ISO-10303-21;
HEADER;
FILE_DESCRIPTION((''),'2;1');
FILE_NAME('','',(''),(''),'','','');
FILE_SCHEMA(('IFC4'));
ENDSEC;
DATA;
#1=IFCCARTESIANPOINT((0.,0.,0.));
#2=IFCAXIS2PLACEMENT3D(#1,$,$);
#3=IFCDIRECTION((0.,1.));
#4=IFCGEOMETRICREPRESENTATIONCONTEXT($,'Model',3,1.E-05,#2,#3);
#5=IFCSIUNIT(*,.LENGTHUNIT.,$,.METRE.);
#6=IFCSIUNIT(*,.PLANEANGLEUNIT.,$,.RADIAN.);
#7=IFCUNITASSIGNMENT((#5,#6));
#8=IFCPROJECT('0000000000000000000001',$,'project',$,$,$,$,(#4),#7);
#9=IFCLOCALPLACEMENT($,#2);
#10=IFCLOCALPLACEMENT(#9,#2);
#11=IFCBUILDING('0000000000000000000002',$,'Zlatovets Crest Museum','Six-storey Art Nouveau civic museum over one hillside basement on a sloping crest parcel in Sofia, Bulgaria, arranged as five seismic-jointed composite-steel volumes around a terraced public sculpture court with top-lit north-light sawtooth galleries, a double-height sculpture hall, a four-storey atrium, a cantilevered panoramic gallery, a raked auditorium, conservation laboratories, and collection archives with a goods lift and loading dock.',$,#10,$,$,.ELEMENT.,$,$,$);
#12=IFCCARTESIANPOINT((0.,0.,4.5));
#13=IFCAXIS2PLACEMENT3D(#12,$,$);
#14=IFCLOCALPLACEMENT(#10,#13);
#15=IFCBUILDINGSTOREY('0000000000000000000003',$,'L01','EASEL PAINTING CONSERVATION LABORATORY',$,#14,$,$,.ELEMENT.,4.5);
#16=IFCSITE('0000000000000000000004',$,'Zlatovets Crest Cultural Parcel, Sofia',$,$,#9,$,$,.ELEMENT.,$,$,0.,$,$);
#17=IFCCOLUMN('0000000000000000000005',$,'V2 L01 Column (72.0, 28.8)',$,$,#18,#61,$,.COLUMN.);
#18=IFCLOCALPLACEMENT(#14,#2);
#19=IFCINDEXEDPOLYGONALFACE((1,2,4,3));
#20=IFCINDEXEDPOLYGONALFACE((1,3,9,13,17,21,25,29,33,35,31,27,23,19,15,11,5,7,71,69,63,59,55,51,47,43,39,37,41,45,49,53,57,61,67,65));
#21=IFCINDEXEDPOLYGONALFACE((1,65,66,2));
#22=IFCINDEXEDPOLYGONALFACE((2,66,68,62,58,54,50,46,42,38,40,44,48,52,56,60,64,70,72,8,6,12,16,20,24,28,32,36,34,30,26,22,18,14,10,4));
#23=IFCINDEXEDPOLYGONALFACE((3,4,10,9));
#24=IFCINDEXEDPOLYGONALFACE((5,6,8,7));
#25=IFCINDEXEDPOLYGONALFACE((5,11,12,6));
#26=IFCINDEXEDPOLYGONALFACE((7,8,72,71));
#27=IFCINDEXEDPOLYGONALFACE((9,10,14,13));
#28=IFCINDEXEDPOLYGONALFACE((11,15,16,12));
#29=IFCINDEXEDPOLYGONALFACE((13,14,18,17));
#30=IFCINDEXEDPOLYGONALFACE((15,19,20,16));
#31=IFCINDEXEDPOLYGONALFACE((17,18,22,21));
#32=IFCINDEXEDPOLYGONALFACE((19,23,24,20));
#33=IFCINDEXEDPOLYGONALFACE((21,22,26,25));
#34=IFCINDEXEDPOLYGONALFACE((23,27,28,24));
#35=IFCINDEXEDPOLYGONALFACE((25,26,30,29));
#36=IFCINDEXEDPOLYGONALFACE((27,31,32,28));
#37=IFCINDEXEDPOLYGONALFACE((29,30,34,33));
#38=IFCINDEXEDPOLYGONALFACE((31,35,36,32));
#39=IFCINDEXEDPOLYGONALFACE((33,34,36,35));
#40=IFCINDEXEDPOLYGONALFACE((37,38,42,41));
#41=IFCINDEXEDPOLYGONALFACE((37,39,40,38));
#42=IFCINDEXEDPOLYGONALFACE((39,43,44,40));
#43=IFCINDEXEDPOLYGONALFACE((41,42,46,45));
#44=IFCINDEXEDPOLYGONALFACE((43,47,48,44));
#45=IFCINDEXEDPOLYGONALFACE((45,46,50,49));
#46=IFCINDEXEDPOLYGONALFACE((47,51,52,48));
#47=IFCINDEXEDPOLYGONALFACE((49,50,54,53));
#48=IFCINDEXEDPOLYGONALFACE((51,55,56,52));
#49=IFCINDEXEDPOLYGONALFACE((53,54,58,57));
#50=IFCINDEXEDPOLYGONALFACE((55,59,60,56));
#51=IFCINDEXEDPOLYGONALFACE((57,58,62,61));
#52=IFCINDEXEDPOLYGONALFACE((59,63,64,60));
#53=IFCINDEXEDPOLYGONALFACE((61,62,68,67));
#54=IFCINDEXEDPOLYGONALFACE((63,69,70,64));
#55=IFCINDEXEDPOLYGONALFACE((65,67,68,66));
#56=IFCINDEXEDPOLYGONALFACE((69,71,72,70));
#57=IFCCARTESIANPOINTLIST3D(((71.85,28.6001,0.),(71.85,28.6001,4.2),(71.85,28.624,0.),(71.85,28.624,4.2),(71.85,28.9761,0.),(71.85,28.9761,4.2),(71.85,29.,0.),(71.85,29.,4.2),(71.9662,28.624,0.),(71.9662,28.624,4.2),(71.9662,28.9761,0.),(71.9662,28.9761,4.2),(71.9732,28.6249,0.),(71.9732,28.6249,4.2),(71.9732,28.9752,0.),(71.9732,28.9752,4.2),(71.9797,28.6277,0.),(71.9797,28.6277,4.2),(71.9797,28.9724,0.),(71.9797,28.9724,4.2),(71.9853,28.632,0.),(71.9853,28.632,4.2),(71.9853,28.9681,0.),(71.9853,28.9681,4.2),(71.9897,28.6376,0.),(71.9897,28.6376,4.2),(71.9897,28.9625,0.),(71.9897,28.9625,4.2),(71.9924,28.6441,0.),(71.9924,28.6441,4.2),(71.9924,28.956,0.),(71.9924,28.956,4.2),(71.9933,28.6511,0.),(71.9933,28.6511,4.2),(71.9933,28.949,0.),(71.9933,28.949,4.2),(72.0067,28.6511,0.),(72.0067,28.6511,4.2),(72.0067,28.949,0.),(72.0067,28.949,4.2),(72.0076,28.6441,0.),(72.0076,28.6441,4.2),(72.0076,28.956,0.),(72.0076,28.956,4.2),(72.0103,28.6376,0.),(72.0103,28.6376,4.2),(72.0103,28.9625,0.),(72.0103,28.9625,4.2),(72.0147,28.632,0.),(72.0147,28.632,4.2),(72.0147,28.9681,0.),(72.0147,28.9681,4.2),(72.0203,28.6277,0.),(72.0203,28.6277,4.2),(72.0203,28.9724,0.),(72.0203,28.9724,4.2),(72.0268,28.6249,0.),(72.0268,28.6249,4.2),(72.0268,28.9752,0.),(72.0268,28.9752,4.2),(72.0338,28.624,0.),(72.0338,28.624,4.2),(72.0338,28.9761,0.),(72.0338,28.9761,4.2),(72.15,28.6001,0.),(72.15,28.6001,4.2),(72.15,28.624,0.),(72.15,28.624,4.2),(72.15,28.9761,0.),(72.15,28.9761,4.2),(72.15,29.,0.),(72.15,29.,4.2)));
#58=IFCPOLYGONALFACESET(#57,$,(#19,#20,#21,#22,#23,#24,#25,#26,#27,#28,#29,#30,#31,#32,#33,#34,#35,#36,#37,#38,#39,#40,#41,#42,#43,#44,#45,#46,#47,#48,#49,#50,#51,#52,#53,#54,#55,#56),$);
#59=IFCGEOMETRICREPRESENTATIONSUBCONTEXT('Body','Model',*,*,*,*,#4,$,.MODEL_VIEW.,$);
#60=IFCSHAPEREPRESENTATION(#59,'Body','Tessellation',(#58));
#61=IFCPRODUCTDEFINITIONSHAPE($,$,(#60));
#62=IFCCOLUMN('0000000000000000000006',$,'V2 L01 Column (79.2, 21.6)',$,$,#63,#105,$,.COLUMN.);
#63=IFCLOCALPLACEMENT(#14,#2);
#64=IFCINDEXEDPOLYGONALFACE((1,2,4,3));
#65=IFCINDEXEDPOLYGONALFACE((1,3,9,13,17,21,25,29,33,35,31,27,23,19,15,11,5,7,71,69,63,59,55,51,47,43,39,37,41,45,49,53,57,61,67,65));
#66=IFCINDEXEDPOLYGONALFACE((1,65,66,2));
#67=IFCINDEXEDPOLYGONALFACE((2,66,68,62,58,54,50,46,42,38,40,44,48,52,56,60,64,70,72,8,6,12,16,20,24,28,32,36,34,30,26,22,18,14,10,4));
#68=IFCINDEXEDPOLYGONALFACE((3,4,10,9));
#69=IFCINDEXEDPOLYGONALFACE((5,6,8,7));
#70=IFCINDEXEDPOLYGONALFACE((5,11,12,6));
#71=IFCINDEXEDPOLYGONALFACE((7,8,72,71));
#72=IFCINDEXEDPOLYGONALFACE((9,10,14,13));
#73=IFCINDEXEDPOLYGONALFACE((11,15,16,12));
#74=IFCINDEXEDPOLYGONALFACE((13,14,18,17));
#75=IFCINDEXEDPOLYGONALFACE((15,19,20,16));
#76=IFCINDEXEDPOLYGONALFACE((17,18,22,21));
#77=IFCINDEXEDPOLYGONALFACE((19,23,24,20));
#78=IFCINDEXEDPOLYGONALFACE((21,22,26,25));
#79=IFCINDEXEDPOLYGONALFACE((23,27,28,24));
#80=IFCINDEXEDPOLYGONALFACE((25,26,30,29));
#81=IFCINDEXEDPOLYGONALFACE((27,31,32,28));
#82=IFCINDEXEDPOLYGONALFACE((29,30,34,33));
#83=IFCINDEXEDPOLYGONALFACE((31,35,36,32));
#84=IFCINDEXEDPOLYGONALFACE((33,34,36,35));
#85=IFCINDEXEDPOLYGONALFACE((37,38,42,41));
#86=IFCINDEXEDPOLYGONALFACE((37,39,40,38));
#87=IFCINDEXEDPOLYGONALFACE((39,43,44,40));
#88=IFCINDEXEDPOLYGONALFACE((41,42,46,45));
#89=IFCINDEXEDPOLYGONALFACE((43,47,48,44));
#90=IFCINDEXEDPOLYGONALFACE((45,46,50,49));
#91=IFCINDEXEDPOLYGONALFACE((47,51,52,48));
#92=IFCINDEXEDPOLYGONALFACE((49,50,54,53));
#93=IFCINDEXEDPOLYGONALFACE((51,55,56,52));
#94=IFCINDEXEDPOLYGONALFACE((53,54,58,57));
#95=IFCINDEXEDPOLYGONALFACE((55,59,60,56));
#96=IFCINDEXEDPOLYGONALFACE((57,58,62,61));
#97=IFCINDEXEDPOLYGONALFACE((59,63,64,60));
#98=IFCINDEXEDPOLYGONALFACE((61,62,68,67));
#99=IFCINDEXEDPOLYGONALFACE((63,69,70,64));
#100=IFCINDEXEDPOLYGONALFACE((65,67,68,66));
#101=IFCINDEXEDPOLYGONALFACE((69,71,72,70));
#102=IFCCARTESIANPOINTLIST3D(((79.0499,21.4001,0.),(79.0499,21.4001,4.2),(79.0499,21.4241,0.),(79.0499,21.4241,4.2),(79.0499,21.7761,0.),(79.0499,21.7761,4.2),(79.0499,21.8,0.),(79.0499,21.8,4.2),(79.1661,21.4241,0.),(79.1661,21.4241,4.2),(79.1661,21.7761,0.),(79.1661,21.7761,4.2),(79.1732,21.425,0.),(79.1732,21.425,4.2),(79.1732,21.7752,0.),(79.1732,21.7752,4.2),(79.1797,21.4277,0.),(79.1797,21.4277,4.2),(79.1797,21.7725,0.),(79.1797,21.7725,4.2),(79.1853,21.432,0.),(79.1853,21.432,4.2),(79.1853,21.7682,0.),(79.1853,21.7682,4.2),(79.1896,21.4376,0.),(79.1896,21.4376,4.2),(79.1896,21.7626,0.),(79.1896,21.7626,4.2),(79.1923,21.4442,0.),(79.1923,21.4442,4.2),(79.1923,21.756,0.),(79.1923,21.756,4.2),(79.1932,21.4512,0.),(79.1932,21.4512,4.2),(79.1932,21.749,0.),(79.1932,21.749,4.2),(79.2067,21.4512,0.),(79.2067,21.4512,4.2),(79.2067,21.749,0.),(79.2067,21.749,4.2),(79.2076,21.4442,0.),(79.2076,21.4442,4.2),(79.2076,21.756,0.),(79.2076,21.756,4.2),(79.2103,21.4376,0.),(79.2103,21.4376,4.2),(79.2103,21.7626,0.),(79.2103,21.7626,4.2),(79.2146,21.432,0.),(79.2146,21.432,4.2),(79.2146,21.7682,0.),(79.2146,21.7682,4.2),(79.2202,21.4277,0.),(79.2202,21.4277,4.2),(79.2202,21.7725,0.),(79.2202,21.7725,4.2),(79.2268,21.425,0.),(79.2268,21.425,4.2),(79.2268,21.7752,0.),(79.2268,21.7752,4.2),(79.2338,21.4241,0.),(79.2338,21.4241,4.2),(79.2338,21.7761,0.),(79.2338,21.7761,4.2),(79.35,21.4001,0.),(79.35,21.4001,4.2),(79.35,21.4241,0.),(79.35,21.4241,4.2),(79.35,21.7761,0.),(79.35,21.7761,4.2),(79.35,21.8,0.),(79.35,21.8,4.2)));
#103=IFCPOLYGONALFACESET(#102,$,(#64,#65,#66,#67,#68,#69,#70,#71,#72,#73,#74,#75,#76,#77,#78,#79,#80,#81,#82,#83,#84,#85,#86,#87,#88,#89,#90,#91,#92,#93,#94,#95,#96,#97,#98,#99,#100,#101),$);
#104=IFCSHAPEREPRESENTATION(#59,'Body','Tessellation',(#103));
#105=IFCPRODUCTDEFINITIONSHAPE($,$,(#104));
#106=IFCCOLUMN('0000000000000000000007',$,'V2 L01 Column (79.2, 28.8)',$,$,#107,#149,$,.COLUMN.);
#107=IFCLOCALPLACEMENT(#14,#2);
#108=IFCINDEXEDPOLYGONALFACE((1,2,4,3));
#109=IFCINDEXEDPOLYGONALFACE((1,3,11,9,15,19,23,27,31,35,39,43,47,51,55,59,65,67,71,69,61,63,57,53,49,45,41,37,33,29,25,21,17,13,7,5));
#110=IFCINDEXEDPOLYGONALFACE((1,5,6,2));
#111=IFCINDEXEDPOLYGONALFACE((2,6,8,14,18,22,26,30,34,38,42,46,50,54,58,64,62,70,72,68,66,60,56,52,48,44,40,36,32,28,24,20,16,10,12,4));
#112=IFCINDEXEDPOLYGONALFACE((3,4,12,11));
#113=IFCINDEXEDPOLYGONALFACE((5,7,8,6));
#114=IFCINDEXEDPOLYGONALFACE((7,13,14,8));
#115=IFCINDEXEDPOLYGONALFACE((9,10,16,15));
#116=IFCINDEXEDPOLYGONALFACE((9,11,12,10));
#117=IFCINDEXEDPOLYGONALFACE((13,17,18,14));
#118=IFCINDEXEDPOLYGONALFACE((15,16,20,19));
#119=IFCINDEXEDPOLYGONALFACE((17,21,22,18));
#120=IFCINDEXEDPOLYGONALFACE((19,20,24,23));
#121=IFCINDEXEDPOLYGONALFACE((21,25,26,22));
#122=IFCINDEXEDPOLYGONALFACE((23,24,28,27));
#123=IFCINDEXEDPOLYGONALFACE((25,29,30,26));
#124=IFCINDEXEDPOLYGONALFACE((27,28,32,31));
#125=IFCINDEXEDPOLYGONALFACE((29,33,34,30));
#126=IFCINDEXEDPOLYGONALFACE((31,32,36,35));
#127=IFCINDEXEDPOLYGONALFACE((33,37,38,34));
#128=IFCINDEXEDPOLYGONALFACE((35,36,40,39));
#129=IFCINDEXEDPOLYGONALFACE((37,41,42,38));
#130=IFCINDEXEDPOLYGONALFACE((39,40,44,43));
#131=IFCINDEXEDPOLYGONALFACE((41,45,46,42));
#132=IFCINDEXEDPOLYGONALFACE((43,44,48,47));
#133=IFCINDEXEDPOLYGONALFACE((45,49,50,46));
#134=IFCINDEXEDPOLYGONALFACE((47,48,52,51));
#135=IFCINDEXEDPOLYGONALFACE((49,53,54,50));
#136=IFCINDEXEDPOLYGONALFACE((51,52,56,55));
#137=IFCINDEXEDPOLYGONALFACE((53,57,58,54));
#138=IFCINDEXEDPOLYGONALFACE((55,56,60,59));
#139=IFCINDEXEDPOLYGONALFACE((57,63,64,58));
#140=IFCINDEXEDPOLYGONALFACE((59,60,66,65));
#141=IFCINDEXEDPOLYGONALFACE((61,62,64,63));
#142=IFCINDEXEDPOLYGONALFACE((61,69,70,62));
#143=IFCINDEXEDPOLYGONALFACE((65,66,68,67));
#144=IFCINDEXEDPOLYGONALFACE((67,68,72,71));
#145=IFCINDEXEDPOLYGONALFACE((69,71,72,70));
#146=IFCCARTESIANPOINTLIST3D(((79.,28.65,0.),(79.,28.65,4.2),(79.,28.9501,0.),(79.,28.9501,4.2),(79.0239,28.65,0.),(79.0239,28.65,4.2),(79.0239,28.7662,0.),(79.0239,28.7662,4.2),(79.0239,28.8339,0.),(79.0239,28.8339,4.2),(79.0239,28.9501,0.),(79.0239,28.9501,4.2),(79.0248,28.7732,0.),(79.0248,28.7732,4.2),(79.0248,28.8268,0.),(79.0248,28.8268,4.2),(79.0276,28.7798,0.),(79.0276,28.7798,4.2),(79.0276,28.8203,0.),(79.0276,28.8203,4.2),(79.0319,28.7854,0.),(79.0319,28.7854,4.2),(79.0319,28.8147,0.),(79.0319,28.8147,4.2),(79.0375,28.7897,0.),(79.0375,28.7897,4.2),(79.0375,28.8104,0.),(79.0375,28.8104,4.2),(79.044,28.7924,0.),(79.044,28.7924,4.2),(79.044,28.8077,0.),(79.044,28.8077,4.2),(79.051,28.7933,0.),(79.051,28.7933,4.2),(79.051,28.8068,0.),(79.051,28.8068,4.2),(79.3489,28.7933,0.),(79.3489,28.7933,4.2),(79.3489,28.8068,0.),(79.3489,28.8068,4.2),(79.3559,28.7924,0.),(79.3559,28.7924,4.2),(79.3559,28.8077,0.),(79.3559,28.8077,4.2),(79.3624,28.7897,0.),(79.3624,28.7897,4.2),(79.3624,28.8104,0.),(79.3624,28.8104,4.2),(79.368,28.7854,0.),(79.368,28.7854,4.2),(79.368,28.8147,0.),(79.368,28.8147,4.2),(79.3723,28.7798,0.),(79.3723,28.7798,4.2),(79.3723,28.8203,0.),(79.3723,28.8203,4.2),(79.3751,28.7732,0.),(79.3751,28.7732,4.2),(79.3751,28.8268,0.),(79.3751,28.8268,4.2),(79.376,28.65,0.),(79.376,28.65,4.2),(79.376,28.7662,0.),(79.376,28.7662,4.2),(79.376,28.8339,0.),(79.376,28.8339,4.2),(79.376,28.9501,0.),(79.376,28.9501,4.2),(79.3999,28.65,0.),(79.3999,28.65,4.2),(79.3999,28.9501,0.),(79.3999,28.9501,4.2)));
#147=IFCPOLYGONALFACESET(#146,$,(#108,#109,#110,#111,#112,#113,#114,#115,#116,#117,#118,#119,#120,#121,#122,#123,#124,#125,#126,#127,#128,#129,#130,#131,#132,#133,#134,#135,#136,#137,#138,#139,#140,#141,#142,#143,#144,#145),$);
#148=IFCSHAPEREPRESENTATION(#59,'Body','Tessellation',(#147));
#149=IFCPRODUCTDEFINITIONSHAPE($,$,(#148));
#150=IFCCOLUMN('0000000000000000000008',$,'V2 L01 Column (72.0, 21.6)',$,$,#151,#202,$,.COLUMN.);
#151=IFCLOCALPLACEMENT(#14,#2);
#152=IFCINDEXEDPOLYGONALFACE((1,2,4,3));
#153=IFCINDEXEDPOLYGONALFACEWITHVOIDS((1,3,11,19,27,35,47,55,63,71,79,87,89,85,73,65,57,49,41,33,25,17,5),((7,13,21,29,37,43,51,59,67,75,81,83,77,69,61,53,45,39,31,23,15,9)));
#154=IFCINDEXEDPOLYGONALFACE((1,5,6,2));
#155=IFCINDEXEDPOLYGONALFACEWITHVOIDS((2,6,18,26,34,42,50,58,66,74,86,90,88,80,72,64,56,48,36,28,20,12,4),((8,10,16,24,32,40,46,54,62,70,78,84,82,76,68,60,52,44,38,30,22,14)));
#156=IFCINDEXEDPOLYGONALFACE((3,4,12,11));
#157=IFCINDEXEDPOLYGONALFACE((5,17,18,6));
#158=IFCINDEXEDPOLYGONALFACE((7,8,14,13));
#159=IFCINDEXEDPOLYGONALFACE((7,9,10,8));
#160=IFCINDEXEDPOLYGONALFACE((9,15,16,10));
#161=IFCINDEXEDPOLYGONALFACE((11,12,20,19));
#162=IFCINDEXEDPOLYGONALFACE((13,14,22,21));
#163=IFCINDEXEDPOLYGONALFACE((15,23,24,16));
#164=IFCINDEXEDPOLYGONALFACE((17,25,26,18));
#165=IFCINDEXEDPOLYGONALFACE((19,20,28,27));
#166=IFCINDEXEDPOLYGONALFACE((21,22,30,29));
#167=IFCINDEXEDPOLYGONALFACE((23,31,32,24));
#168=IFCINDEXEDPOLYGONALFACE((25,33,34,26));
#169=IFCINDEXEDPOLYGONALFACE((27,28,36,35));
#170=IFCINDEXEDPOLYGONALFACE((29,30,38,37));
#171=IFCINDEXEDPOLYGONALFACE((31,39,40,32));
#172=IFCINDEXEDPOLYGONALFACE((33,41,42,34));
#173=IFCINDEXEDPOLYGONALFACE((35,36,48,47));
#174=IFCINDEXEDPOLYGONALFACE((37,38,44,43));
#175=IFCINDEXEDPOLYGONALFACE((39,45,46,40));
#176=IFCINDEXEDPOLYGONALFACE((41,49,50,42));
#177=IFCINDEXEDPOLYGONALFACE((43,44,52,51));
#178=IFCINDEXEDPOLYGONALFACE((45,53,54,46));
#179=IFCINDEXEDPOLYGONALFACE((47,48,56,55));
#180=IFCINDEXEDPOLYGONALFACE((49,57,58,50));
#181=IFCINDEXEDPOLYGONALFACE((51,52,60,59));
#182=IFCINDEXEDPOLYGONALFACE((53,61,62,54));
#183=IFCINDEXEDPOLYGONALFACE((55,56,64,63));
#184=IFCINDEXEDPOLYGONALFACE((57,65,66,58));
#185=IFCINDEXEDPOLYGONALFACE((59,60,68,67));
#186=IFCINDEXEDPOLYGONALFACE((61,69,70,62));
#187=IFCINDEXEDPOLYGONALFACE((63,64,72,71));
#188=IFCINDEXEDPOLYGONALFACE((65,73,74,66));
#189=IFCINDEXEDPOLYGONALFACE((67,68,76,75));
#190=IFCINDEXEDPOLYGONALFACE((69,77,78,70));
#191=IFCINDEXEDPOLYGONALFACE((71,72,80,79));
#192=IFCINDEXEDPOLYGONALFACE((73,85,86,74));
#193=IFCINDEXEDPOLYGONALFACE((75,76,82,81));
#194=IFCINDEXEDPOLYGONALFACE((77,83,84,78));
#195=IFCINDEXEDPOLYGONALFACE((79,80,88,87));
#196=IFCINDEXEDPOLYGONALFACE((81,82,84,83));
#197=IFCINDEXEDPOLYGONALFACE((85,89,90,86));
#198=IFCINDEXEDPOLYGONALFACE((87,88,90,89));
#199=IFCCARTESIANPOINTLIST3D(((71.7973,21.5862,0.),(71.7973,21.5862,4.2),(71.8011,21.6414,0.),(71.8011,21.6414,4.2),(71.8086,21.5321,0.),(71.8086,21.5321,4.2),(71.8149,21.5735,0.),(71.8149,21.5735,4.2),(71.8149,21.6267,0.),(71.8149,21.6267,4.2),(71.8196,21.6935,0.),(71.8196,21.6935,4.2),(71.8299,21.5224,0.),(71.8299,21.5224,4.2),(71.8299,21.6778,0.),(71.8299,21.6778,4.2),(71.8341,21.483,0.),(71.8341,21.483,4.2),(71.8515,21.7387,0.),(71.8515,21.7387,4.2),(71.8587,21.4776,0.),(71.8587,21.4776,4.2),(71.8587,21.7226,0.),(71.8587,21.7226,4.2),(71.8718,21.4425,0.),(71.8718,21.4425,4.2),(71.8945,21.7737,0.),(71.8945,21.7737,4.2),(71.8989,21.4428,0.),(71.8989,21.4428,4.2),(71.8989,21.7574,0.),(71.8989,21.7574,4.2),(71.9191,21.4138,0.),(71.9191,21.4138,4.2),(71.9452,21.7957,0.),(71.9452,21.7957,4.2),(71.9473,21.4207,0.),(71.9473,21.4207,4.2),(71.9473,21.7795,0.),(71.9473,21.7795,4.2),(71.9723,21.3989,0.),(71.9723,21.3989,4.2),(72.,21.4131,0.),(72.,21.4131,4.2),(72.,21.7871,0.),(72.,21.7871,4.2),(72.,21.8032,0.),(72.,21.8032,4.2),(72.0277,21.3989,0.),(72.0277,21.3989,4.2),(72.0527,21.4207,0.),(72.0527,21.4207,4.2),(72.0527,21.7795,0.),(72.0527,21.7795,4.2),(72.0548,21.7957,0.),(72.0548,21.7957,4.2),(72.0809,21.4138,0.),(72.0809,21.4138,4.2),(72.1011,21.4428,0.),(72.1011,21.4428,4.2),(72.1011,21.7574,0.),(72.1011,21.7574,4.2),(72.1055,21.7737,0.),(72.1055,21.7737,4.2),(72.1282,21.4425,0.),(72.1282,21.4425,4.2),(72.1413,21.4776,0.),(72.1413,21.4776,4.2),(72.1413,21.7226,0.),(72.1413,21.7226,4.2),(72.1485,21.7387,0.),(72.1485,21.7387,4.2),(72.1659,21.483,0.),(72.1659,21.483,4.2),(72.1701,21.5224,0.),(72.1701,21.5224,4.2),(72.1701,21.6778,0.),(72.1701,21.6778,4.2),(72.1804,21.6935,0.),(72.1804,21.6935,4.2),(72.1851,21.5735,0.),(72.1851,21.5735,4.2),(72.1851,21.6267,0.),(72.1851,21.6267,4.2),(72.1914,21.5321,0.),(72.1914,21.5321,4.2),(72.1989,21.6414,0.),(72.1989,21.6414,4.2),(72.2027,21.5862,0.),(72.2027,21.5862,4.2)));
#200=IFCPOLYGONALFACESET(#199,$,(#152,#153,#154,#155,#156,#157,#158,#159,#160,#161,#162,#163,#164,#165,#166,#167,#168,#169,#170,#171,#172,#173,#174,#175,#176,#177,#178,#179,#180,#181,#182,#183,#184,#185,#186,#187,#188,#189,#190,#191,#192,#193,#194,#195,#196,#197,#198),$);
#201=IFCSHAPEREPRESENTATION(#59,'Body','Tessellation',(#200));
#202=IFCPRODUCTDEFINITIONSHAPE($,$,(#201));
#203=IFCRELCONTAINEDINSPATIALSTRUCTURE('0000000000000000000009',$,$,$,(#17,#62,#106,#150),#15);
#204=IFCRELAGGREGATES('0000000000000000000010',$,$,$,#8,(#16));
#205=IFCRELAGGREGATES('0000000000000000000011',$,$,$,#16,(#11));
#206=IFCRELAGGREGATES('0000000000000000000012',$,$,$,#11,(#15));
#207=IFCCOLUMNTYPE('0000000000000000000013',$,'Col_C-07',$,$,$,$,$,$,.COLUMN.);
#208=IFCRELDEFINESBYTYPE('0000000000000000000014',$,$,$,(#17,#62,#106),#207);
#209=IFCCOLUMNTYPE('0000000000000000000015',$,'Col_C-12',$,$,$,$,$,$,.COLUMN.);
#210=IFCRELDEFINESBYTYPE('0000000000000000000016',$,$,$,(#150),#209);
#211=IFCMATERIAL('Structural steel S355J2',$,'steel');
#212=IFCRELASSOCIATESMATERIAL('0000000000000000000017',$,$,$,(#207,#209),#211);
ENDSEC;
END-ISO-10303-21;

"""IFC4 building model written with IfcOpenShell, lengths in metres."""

from ifc_helpers import new_model, si_unit, direction, frame, origin, origin_2d, place, context, subcontext, project, spatial, hollow_circle, i_section, extrude, material, material_profile, profile_set, type_object, element, save


model = new_model("IFC4")

# Units and contexts
model_context = context("Model", 3, precision=1e-05, world=origin(), true_north=direction((0.0, 1.0)))
body_context = subcontext(model_context, "Body", "Model", "MODEL_VIEW")
ifc_project = project(units=[si_unit("LENGTHUNIT", "METRE"), si_unit("PLANEANGLEUNIT", "RADIAN")], contexts=[model_context])

# Site, building, storey
site_placement = place(None, origin())
site = spatial("IfcSite", under=ifc_project, at=site_placement, Name="Zlatovets Crest Cultural Parcel, Sofia", CompositionType="ELEMENT", RefElevation=0.0)
building_placement = place(site_placement, origin())
building = spatial("IfcBuilding", under=site, at=building_placement, Name="Zlatovets Crest Museum", Description="Six-storey Art Nouveau civic museum over one hillside basement on a sloping crest parcel in Sofia, Bulgaria, arranged as five seismic-jointed composite-steel volumes around a terraced public sculpture court with top-lit north-light sawtooth galleries, a double-height sculpture hall, a four-storey atrium, a cantilevered panoramic gallery, a raked auditorium, conservation laboratories, and collection archives with a goods lift and loading dock.", CompositionType="ELEMENT")
storey_placement = place(building_placement, frame((0.0, 0.0, 4.5)))
storey = spatial("IfcBuildingStorey", under=building, at=storey_placement, Name="L01", Description="EASEL PAINTING CONSERVATION LABORATORY", CompositionType="ELEMENT", Elevation=4.5)

# Columns
ifc_material_1 = material(Name="Structural steel S355J2", Category="steel")
ifc_material_profile_1 = material_profile(ifc_material_1, i_section(OverallWidth=0.3, OverallDepth=0.3999, WebThickness=0.0134, FlangeThickness=0.0239, FilletRadius=0.0271, at=origin_2d()), Name="HEB 400")
ifc_profile_set_1 = profile_set([ifc_material_profile_1], Name="Structural steel S355J2")
column_type_1 = type_object("IfcColumnType", Name="Col_C-07", PredefinedType="COLUMN", material=ifc_profile_set_1)
for number, where, z_axis, x_axis, name in (
    (1, (72.0, 28.8, 0.0), (0.0, 0.0, 1.0), (1.0, 0.0, 0.0), "V2 L01 Column (72.0, 28.8)"),
    (2, (79.2, 21.6001, 0.0), (0.0, 0.0, 1.0), (1.0, 0.0, 0.0), "V2 L01 Column (79.2, 21.6)"),
    (3, (79.2, 28.8, 0.0), (0.0, 0.0, 1.0), (0.0, 1.0, 0.0), "V2 L01 Column (79.2, 28.8)"),
):
    element("IfcColumn", number, at=place(storey_placement, frame(where, z_axis=z_axis, x_axis=x_axis)), inside=storey, type_object=column_type_1, Name=name, PredefinedType="COLUMN", context=body_context, shape_type="SweptSolid", body=[
        extrude(i_section(OverallWidth=0.3, OverallDepth=0.3999, WebThickness=0.0134, FlangeThickness=0.0239, FilletRadius=0.0271, at=origin_2d()), origin(), (0.0, 0.0, 1.0), 4.2),
    ])
ifc_material_profile_2 = material_profile(ifc_material_1, hollow_circle(Radius=0.2031, WallThickness=0.0161, at=origin_2d()), Name="CHS 406.4x16.0")
ifc_profile_set_2 = profile_set([ifc_material_profile_2], Name="Structural steel S355J2")
column_type_2 = type_object("IfcColumnType", Name="Col_C-12", PredefinedType="COLUMN", material=ifc_profile_set_2)
column_1_placement = place(storey_placement, frame((72.0, 21.6001, 0.0), z_axis=(0.0, 0.0, 1.0), x_axis=(0.0, 1.0, 0.0)))
element("IfcColumn", 4, at=column_1_placement, inside=storey, type_object=column_type_2, Name="V2 L01 Column (72.0, 21.6)", PredefinedType="COLUMN", context=body_context, shape_type="SweptSolid", body=[
    extrude(hollow_circle(Radius=0.2031, WallThickness=0.0161, at=origin_2d()), origin(), (0.0, 0.0, 1.0), 4.2),
])

save(model, "model.ifc")
